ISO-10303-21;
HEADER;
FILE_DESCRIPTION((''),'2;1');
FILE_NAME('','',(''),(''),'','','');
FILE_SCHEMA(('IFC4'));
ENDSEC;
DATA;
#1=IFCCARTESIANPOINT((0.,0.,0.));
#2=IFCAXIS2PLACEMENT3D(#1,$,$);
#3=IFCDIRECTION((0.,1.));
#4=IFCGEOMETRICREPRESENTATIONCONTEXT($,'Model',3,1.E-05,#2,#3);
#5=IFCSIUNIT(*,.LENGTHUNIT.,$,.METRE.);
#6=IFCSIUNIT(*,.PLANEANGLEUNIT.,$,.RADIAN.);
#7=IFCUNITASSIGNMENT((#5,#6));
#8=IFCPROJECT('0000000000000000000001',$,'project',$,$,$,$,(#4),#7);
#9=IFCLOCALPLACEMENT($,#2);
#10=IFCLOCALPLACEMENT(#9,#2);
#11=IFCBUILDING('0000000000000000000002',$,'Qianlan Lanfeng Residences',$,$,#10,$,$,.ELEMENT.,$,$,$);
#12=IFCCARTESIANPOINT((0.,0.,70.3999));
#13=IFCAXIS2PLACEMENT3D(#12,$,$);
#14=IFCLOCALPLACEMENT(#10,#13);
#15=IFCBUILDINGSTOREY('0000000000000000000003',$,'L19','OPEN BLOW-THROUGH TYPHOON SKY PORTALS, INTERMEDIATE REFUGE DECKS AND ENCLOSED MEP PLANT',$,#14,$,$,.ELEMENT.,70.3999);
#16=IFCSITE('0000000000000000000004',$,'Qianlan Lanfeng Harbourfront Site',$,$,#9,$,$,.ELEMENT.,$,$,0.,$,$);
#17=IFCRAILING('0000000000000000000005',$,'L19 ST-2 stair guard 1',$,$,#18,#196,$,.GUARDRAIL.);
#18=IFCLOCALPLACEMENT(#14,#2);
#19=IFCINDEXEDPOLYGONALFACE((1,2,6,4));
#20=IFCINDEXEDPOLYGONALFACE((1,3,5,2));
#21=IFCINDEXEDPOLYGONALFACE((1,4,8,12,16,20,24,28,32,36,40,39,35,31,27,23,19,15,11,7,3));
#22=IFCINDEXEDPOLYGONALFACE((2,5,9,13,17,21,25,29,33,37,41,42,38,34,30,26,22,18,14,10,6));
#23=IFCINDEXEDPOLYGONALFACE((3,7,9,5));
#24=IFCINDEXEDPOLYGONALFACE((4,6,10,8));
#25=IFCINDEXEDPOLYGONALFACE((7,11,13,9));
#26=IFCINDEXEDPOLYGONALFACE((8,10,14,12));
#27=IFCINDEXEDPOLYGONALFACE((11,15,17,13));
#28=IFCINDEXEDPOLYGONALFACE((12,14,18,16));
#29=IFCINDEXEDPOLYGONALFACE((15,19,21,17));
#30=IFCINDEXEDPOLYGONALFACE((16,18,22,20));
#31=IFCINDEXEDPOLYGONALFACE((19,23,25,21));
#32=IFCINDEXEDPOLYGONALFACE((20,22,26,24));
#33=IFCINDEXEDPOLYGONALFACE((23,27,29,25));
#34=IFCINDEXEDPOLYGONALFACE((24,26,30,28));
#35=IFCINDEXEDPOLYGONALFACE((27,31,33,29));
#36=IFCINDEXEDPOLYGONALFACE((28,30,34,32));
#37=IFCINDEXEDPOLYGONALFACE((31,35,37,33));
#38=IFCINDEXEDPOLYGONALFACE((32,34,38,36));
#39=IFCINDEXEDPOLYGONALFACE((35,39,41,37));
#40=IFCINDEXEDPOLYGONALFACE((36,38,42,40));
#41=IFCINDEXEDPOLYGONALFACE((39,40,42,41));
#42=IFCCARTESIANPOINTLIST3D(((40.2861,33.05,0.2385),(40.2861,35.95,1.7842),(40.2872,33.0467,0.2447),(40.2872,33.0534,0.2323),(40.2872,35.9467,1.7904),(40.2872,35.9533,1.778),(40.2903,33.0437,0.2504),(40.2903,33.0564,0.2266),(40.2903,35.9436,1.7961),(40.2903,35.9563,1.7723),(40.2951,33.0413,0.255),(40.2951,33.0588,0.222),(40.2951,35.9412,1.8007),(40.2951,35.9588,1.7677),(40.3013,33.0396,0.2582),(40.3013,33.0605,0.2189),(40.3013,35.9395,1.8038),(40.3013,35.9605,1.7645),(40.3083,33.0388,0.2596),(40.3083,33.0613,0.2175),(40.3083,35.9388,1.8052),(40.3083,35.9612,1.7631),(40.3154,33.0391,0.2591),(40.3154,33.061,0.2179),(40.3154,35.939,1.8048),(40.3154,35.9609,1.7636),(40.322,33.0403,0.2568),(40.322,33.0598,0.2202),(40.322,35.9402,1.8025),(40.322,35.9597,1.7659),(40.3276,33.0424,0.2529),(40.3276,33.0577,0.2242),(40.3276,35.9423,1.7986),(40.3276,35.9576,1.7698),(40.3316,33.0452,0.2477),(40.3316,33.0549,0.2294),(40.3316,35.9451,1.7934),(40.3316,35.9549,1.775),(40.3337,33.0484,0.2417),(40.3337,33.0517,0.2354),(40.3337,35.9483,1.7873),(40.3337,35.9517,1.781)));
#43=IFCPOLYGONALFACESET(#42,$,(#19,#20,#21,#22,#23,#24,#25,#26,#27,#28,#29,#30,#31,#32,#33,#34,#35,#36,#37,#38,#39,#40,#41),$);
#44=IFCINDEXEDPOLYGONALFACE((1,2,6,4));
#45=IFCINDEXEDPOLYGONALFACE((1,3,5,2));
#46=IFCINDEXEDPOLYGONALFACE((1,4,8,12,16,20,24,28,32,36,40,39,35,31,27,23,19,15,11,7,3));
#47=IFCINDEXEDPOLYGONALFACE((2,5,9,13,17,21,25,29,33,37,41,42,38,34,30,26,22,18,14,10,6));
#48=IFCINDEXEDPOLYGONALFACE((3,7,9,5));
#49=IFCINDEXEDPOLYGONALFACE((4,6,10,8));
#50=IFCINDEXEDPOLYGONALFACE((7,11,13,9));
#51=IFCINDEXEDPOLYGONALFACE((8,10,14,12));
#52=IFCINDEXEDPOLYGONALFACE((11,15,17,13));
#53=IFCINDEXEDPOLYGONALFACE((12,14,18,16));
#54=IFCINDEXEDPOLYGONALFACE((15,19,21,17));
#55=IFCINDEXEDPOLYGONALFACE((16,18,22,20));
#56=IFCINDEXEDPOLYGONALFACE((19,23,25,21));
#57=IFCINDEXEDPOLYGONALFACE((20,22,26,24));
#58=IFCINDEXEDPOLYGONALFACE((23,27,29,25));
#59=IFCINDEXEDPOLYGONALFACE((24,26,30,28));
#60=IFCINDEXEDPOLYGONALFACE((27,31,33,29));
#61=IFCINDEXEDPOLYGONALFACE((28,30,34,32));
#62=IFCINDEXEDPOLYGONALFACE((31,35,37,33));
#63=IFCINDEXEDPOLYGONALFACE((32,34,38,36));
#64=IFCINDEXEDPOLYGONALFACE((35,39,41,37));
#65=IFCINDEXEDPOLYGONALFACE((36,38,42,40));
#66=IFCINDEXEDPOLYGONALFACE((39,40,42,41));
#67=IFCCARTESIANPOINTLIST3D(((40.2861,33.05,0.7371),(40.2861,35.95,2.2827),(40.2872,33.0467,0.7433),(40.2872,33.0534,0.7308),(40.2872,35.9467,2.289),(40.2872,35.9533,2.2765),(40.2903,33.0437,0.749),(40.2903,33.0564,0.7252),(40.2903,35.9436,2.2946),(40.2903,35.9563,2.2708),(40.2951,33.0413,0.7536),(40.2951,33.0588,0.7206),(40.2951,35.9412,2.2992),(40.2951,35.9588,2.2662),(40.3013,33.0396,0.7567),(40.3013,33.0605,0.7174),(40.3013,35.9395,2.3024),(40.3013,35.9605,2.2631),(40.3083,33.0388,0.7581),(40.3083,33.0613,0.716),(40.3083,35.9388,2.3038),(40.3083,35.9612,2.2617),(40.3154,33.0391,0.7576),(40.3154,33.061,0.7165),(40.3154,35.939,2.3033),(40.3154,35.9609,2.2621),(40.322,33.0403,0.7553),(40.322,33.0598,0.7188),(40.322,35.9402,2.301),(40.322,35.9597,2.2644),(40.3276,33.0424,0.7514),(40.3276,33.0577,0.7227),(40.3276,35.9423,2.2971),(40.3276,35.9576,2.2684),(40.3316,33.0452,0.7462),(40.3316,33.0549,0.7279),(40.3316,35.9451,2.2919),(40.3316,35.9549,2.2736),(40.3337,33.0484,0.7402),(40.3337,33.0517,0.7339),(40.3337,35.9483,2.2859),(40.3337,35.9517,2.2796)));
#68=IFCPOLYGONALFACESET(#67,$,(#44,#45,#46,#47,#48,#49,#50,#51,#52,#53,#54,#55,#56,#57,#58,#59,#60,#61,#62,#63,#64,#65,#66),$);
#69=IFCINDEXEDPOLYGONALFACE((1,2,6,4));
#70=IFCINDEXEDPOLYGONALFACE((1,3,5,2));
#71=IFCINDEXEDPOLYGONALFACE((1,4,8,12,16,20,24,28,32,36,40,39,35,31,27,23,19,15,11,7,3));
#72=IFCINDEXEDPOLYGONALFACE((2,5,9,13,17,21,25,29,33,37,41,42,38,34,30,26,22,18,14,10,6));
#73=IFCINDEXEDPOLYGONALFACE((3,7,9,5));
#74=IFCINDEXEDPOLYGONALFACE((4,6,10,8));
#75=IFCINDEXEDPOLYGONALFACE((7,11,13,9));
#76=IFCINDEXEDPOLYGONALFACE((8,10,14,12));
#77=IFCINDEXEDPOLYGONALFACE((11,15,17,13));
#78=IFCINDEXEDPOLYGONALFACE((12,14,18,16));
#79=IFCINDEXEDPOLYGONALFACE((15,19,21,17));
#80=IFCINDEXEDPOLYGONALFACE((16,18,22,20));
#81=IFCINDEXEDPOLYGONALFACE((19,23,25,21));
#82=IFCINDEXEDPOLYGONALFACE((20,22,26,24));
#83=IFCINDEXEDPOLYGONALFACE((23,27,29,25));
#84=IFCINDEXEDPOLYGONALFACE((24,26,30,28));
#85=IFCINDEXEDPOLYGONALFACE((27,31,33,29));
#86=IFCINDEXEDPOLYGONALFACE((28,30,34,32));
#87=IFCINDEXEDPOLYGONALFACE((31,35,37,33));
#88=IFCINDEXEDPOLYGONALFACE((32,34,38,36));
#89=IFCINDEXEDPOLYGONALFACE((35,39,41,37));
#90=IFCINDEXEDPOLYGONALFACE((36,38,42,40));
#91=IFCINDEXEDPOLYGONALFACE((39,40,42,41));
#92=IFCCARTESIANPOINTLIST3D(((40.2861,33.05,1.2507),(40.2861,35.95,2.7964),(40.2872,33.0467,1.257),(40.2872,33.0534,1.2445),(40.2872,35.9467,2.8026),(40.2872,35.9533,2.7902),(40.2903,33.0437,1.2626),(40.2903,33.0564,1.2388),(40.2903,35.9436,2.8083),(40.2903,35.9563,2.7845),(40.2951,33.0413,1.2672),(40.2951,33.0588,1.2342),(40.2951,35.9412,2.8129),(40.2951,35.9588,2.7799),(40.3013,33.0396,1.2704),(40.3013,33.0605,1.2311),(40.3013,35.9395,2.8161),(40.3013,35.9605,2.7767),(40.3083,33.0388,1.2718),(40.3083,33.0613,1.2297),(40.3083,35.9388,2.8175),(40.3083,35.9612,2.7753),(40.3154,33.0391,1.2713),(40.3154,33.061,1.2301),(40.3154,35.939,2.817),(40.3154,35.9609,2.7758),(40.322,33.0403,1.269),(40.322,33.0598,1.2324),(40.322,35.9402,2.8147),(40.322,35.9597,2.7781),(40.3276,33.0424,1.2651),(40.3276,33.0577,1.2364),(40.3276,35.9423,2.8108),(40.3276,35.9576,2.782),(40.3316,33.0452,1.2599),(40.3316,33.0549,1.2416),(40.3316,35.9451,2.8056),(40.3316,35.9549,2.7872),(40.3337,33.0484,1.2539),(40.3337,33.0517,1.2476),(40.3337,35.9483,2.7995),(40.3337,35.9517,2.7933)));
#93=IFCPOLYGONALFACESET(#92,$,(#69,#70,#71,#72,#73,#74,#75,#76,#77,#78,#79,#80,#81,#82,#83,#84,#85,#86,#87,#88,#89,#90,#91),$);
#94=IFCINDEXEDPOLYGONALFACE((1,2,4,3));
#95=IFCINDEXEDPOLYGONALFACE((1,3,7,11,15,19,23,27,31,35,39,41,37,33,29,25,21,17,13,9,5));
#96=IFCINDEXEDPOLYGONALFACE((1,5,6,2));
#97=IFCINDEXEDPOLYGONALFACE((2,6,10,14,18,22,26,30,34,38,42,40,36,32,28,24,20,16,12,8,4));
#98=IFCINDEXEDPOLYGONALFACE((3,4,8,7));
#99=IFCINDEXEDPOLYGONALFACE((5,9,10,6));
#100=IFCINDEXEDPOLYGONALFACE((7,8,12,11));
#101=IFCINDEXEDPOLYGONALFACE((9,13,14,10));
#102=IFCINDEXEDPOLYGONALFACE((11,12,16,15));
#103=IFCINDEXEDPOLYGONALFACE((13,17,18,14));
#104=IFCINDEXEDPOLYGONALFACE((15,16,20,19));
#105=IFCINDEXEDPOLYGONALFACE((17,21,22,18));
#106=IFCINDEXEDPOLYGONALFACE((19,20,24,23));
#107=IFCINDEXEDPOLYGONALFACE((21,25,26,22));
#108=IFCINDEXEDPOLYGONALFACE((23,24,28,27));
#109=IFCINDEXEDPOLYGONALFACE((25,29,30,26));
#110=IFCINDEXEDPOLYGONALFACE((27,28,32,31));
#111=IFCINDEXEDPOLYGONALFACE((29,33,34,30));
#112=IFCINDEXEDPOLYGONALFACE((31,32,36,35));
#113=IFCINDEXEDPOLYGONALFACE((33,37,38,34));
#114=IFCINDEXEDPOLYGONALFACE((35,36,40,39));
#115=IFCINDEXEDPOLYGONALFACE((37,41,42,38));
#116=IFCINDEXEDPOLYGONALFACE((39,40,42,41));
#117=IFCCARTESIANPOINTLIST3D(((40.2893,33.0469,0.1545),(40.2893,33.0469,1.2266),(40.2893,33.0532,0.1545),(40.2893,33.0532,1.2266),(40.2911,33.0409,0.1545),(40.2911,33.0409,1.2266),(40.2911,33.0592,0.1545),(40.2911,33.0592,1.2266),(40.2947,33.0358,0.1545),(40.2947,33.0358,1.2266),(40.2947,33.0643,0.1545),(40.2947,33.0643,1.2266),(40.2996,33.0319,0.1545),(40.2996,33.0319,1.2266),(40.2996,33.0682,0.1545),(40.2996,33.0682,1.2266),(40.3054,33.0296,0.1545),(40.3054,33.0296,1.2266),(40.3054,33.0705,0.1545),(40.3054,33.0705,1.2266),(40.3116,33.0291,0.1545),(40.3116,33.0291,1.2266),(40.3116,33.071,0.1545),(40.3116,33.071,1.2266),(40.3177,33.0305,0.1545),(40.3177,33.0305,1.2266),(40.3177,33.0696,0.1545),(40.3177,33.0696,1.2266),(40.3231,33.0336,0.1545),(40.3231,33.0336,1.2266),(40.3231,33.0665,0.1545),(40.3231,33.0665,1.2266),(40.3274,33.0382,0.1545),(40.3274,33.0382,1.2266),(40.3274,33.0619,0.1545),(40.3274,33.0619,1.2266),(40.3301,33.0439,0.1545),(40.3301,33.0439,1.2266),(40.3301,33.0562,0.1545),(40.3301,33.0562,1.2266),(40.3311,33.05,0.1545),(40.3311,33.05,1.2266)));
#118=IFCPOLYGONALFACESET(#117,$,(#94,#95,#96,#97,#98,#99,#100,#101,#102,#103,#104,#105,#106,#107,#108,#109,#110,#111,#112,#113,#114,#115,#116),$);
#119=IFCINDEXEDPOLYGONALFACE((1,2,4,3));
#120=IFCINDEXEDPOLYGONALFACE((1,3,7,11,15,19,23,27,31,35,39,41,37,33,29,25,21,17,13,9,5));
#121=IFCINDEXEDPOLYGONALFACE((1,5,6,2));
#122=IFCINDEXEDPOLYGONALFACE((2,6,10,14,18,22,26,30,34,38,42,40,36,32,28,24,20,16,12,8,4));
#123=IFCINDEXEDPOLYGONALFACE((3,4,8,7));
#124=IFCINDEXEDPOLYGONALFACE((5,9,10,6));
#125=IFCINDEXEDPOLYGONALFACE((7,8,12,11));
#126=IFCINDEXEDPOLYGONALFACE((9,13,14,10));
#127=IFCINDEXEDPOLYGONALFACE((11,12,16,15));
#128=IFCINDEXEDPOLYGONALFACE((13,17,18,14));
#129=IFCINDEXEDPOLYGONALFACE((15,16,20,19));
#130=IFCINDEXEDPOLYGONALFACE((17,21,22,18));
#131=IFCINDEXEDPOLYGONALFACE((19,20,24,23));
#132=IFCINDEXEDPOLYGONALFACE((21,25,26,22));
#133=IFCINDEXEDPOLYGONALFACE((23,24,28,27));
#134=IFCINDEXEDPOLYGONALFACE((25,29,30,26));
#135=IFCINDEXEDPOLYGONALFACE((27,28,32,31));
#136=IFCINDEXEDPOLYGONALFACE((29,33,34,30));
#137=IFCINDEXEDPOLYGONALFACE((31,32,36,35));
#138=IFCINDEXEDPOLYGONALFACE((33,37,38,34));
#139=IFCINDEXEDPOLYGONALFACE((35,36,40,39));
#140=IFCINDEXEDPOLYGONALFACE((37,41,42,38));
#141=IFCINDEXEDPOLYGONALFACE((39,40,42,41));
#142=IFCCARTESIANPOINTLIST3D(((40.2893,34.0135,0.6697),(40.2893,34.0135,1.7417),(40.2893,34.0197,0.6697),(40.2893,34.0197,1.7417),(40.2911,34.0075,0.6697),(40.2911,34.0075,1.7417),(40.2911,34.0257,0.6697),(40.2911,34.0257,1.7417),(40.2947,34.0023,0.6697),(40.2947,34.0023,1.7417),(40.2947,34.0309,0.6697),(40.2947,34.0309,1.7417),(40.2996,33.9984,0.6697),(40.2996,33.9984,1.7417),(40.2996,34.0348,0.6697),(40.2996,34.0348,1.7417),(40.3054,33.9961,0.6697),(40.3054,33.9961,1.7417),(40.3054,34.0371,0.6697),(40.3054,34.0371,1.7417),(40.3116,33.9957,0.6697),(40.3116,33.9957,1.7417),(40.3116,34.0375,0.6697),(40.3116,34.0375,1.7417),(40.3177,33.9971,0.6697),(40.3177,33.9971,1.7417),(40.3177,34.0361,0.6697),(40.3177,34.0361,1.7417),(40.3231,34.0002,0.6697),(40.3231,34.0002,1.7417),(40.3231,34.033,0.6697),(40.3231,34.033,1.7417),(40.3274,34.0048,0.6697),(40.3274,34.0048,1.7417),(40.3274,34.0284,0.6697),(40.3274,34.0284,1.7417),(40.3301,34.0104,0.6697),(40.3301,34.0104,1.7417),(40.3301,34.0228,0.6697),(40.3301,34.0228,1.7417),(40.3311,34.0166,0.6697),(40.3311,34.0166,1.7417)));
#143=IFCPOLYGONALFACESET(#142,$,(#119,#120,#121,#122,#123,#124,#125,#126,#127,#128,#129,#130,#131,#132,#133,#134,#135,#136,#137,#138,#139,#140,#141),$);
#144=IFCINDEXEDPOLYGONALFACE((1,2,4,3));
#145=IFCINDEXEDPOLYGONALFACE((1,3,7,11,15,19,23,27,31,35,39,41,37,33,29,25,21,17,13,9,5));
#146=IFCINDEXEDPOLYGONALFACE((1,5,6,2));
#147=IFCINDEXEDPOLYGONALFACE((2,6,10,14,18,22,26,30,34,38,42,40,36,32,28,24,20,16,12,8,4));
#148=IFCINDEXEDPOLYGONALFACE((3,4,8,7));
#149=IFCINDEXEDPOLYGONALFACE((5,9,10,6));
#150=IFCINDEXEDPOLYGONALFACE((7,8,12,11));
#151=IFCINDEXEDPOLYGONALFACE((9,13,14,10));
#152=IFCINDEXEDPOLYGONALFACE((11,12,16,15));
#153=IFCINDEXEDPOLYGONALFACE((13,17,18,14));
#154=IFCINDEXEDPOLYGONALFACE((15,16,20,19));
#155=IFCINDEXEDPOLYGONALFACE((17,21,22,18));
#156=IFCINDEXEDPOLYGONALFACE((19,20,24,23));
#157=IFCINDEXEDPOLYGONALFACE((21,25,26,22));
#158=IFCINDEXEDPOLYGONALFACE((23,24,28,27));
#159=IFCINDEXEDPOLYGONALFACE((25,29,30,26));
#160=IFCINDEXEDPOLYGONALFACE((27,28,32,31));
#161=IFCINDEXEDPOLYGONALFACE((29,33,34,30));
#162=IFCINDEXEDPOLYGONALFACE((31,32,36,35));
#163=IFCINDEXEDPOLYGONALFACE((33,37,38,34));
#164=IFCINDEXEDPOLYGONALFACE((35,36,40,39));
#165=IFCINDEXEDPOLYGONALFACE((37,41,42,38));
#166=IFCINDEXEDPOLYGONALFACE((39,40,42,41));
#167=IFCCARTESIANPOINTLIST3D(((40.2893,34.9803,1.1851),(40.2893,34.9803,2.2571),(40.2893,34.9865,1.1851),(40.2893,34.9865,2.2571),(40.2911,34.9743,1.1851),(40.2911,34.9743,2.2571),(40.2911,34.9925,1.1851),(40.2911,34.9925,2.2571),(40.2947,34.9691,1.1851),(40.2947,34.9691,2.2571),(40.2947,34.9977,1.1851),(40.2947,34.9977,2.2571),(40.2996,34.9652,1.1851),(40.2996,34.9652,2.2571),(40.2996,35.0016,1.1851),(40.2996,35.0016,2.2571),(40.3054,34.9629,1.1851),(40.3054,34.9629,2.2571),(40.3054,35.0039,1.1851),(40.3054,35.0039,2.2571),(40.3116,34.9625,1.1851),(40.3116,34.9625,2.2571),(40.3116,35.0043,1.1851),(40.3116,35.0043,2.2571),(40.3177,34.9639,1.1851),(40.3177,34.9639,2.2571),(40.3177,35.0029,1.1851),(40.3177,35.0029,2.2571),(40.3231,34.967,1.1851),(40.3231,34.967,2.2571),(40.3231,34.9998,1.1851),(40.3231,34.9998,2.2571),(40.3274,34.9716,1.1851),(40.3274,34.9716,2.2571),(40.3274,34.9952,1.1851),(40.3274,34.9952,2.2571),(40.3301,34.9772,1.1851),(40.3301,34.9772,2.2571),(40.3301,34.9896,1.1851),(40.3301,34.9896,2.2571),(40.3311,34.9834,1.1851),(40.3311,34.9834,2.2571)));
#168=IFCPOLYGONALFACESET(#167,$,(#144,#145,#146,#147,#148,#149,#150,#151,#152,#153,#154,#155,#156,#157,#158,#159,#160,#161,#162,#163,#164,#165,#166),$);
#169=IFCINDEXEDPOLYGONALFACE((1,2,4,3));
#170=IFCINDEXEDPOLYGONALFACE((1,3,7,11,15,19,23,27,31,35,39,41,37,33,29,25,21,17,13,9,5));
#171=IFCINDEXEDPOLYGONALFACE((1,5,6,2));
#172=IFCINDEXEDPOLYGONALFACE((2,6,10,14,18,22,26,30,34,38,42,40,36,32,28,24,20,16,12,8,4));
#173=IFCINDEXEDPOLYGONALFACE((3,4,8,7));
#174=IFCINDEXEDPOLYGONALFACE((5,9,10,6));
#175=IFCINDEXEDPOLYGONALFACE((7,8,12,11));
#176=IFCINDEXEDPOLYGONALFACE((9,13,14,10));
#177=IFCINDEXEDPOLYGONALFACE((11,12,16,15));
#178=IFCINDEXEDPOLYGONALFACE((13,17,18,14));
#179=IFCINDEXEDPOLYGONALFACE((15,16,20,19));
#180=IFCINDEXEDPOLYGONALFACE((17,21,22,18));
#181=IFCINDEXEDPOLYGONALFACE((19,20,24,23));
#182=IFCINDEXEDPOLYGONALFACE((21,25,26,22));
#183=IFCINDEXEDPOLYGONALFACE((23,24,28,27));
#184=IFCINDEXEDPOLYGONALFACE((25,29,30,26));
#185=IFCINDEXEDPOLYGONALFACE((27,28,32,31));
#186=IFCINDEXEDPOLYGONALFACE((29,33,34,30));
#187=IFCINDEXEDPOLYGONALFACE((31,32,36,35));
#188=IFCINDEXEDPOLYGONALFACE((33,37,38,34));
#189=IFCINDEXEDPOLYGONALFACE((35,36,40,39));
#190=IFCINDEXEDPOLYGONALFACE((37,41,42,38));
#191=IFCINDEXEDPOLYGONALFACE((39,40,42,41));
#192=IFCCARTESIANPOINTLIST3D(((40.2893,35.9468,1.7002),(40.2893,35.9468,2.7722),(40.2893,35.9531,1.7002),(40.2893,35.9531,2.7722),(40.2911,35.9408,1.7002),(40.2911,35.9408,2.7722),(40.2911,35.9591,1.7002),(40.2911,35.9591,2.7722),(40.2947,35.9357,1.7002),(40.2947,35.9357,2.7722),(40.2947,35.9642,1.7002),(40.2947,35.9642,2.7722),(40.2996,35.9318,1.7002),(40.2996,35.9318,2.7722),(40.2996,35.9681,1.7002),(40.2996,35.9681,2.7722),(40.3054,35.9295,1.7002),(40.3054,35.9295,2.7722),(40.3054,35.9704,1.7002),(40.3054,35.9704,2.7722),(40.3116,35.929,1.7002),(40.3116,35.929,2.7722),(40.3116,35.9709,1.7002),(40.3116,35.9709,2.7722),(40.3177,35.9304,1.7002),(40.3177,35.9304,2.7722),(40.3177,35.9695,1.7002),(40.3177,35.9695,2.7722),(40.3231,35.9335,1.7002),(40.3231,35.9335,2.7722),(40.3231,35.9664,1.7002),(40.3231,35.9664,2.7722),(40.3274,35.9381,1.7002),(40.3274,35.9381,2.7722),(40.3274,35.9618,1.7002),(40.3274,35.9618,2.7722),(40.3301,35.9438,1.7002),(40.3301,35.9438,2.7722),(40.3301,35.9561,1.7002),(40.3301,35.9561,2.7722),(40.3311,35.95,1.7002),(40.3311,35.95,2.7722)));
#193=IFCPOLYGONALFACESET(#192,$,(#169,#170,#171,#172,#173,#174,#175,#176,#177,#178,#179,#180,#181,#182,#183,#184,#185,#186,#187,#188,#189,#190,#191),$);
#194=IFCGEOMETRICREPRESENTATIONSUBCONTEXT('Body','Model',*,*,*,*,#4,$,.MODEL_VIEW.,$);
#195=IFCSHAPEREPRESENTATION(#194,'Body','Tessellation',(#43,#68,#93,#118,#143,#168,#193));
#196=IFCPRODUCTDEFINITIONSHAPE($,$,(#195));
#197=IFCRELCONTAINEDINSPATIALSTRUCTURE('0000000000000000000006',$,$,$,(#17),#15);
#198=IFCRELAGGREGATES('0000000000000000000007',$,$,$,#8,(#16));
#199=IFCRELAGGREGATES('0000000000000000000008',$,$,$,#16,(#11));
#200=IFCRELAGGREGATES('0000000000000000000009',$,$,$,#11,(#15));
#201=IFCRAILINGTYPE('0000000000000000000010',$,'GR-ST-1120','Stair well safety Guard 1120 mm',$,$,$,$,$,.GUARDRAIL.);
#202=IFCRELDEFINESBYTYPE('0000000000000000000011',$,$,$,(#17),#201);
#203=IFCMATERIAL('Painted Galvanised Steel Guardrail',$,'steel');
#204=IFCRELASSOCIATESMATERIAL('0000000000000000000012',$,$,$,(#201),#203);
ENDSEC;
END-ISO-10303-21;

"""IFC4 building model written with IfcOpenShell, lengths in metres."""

from ifc_helpers import new_model, si_unit, direction, frame, origin, origin_2d, place, context, subcontext, project, spatial, circle, extrude, material, type_object, element, save


model = new_model("IFC4")

# Units and contexts
model_context = context("Model", 3, precision=1e-05, world=origin(), true_north=direction((0.0, 1.0)))
body_context = subcontext(model_context, "Body", "Model", "MODEL_VIEW")
ifc_project = project(units=[si_unit("LENGTHUNIT", "METRE"), si_unit("PLANEANGLEUNIT", "RADIAN")], contexts=[model_context])

# Site, building, storey
site_placement = place(None, origin())
site = spatial("IfcSite", under=ifc_project, at=site_placement, Name="Qianlan Lanfeng Harbourfront Site", CompositionType="ELEMENT", RefElevation=0.0)
building_placement = place(site_placement, origin())
building = spatial("IfcBuilding", under=site, at=building_placement, Name="Qianlan Lanfeng Residences", CompositionType="ELEMENT")
storey_placement = place(building_placement, frame((0.0, 0.0, 70.3999)))
storey = spatial("IfcBuildingStorey", under=building, at=storey_placement, Name="L19", Description="OPEN BLOW-THROUGH TYPHOON SKY PORTALS, INTERMEDIATE REFUGE DECKS AND ENCLOSED MEP PLANT", CompositionType="ELEMENT", Elevation=70.3999)

# Railing
ifc_material_1 = material(Name="Painted Galvanised Steel Guardrail", Category="steel")
railing_type_1 = type_object("IfcRailingType", Name="GR-ST-1120", Description="Stair well safety Guard 1120 mm", PredefinedType="GUARDRAIL", material=ifc_material_1)
railing_1_placement = place(storey_placement, frame((40.3101, 33.05, 0.1545)))
element("IfcRailing", 1, at=railing_1_placement, inside=storey, type_object=railing_type_1, Name="L19 ST-2 stair guard 1", PredefinedType="GUARDRAIL", context=body_context, shape_type="SweptSolid", body=[
    extrude(circle(Radius=0.0239, at=origin_2d()), frame((0.0, 0.0, 0.084), z_axis=(0.0, 0.882474, 0.470361), x_axis=(-1.0, 0.0, 0.0)), (0.0, 0.0, 1.0), 3.2861),
    extrude(circle(Radius=0.0239, at=origin_2d()), frame((0.0, 0.0, 0.5825), z_axis=(0.0, 0.882474, 0.470361), x_axis=(-1.0, 0.0, 0.0)), (0.0, 0.0, 1.0), 3.2861),
    extrude(circle(Radius=0.0239, at=origin_2d()), frame((0.0, 0.0, 1.0962), z_axis=(0.0, 0.882474, 0.470361), x_axis=(-1.0, 0.0, 0.0)), (0.0, 0.0, 1.0), 3.2861),
    extrude(circle(Radius=0.021, at=origin_2d()), origin(), (0.0, 0.0, 1.0), 1.072),
    extrude(circle(Radius=0.021, at=origin_2d()), frame((0.0, 0.9666, 0.5151)), (0.0, 0.0, 1.0), 1.072),
    extrude(circle(Radius=0.021, at=origin_2d()), frame((0.0, 1.9333, 1.0305)), (0.0, 0.0, 1.0), 1.072),
    extrude(circle(Radius=0.021, at=origin_2d()), frame((0.0, 2.8999, 1.5457)), (0.0, 0.0, 1.0), 1.072),
])

save(model, "model.ifc")
